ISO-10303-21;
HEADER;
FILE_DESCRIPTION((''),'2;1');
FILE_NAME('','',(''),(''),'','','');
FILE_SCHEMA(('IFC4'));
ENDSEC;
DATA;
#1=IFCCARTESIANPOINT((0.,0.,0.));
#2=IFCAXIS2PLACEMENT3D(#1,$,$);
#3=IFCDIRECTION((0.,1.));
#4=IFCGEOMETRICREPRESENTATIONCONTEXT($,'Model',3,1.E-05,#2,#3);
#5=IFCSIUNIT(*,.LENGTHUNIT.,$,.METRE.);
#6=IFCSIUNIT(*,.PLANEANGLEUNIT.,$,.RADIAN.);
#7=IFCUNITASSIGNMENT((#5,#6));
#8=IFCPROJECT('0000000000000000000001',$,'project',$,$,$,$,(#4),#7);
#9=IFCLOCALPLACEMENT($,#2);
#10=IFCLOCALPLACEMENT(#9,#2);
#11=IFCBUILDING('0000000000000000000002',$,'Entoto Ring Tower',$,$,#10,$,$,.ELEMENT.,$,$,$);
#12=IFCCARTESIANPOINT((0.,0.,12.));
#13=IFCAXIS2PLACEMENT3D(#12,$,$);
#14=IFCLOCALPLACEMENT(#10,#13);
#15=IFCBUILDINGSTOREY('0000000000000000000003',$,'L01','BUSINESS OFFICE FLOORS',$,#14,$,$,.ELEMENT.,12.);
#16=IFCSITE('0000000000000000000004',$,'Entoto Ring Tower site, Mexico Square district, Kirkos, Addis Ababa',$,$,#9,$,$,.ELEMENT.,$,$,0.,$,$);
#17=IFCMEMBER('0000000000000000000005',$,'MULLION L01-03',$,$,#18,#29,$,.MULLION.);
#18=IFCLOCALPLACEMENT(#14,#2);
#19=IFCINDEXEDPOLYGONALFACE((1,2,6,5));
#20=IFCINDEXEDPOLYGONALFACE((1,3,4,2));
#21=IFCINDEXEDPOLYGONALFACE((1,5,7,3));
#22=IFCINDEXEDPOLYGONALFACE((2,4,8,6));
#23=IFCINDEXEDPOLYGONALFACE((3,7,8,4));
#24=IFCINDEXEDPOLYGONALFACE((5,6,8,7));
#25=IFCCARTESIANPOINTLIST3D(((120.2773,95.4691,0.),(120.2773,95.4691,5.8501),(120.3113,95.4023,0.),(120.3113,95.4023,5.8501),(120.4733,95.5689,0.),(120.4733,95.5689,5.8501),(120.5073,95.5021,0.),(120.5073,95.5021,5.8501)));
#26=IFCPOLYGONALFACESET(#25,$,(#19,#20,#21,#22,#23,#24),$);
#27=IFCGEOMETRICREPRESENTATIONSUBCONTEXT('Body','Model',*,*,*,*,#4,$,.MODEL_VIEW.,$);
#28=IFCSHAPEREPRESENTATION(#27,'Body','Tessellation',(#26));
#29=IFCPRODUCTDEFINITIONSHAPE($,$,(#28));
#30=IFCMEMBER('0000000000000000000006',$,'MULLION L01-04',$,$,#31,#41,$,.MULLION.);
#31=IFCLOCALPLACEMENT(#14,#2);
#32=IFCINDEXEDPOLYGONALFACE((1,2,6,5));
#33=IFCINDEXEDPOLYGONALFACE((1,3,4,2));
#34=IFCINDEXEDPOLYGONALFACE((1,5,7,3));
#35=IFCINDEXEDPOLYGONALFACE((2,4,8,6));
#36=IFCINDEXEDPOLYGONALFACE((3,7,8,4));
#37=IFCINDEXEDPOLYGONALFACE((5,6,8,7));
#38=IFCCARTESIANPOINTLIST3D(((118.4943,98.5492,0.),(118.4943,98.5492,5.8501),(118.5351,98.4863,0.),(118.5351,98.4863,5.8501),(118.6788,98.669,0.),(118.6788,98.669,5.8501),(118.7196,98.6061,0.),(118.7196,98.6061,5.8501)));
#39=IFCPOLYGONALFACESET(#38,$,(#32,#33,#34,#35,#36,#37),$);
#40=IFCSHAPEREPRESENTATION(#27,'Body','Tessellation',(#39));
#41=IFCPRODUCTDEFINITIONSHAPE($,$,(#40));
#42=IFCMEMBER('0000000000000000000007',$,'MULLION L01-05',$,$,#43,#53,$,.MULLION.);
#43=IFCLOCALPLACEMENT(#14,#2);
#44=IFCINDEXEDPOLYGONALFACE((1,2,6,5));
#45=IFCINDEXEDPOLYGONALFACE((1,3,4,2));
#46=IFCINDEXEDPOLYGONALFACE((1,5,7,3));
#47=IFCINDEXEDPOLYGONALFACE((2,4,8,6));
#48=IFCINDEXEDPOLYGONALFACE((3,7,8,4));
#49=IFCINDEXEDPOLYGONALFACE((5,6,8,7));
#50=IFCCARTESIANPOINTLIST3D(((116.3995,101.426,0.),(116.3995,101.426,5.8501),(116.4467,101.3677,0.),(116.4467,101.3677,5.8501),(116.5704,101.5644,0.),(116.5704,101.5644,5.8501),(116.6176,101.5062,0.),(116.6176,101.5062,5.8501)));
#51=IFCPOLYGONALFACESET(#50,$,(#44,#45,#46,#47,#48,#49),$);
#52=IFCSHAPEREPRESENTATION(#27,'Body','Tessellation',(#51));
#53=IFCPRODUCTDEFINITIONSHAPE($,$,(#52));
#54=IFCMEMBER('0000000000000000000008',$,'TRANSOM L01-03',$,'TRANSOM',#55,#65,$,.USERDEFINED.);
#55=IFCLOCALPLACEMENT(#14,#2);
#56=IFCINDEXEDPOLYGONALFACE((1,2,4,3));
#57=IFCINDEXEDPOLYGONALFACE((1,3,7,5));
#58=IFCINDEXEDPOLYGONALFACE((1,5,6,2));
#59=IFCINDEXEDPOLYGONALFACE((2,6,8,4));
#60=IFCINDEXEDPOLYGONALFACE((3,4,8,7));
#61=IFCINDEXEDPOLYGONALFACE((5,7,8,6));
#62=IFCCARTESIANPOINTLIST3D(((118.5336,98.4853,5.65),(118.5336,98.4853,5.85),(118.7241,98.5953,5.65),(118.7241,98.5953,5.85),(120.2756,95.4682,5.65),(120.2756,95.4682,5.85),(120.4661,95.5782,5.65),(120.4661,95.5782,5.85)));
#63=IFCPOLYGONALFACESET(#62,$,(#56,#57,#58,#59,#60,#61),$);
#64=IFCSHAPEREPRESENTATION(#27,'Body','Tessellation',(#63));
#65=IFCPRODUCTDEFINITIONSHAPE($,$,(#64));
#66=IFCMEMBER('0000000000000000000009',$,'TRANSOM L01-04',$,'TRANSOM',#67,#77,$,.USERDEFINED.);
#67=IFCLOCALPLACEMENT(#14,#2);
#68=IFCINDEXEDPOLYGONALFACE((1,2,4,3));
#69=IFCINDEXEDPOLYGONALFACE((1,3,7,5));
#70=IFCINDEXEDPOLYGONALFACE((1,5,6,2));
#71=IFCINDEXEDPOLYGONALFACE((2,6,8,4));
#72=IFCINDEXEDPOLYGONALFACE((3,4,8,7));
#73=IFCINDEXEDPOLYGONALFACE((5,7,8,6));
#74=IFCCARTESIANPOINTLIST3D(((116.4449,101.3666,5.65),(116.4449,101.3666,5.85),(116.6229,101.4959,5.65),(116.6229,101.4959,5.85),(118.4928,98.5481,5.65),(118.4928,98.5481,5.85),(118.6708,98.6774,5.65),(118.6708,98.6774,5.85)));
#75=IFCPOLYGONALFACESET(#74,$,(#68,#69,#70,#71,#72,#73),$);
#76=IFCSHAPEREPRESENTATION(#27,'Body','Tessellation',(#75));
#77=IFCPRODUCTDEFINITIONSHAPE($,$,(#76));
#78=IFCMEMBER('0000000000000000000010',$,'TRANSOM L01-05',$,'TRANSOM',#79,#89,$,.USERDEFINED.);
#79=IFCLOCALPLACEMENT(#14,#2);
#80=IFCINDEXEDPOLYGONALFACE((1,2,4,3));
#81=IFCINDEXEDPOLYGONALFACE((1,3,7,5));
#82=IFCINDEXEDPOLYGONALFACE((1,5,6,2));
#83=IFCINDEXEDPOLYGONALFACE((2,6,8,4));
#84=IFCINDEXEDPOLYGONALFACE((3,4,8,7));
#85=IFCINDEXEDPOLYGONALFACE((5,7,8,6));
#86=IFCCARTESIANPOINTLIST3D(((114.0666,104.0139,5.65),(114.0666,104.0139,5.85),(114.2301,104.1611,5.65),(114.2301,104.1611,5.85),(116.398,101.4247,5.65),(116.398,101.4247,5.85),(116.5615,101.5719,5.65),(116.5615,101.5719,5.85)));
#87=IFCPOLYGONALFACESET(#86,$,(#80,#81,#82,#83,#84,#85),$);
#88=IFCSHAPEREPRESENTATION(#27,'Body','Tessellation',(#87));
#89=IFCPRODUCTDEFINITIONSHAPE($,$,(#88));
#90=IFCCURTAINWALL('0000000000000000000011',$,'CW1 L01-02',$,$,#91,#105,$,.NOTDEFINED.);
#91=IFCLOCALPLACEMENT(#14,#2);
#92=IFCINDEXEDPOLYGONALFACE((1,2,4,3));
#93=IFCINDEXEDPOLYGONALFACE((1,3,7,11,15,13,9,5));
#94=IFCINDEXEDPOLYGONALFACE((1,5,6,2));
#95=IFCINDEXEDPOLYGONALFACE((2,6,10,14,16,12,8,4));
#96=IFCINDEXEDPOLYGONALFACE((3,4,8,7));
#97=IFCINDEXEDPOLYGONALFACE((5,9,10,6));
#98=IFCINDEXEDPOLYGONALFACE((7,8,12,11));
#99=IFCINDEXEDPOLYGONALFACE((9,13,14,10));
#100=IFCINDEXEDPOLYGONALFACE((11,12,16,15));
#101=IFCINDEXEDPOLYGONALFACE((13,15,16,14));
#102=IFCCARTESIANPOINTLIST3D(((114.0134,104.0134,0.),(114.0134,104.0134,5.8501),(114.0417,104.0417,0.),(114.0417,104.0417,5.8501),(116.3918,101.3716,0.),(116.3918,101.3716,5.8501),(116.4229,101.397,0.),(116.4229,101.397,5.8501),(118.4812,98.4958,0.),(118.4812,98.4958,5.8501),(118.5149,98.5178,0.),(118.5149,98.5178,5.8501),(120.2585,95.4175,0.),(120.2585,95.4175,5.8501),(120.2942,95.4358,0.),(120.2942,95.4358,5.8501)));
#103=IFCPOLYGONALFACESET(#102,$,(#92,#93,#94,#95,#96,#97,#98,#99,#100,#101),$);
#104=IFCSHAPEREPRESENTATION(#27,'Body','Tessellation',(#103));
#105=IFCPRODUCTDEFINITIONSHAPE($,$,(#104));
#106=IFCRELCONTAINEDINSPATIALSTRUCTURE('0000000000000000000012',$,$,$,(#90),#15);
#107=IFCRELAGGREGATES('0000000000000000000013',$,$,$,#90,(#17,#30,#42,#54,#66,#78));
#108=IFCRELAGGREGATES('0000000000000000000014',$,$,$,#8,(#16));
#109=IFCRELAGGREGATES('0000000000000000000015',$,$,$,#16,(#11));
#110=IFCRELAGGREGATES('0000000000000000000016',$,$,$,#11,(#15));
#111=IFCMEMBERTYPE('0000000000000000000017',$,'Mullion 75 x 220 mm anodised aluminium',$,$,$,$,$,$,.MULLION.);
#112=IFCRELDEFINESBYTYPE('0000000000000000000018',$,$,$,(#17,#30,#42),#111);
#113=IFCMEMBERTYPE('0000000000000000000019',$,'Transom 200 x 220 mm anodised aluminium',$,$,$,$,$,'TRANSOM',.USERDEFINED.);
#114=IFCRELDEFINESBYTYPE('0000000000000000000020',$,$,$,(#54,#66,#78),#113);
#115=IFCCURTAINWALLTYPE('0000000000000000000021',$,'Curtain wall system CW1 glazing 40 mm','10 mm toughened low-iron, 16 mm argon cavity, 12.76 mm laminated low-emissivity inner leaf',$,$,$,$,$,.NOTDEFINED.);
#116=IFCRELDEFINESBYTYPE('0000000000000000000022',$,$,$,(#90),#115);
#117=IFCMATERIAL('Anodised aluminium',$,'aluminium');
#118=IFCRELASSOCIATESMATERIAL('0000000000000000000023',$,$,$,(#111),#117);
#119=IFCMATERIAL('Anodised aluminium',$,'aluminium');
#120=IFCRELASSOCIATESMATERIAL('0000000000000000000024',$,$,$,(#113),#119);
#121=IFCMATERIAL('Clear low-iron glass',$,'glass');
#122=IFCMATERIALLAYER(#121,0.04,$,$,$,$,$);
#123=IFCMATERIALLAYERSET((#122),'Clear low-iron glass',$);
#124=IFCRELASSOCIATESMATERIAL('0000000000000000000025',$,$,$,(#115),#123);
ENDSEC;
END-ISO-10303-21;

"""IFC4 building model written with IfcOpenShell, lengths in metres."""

from ifc_helpers import new_model, si_unit, direction, frame, origin, origin_2d, place, context, subcontext, project, spatial, polyline, rectangle, outline, extrude, material, layer, layer_set, material_profile, profile_set, type_object, element, aggregate, save


model = new_model("IFC4")

# Units and contexts
model_context = context("Model", 3, precision=1e-05, world=origin(), true_north=direction((0.0, 1.0)))
body_context = subcontext(model_context, "Body", "Model", "MODEL_VIEW")
ifc_project = project(units=[si_unit("LENGTHUNIT", "METRE"), si_unit("PLANEANGLEUNIT", "RADIAN")], contexts=[model_context])

# Members
ifc_material_1 = material(Name="Anodised aluminium", Category="aluminium")
ifc_material_profile_1 = material_profile(ifc_material_1, rectangle(XDim=0.075, YDim=0.22, at=origin_2d()), Name="Mullion 75 x 220 mm anodised aluminium")
ifc_profile_set_1 = profile_set([ifc_material_profile_1], Name="Anodised aluminium")
member_type_1 = type_object("IfcMemberType", Name="Mullion 75 x 220 mm anodised aluminium", PredefinedType="MULLION", material=ifc_profile_set_1)
site_placement = place(None, origin())
building_placement = place(site_placement, origin())
storey_placement = place(building_placement, frame((0.0, 0.0, 12.0)))
member_1_placement = place(storey_placement, frame((120.3923, 95.4856, 0.0), z_axis=(0.0, 0.0, 1.0), x_axis=(-0.45399, 0.891007, 0.0)))
member_1 = element("IfcMember", 1, at=member_1_placement, type_object=member_type_1, Name="MULLION L01-03", PredefinedType="MULLION", context=body_context, shape_type="SweptSolid", body=[
    extrude(rectangle(XDim=0.075, YDim=0.22, at=origin_2d()), origin(), (0.0, 0.0, 1.0), 5.8501),
])
member_2_placement = place(storey_placement, frame((118.6069, 98.5776, 0.0), z_axis=(0.0, 0.0, 1.0), x_axis=(-0.544639, 0.838671, 0.0)))
member_2 = element("IfcMember", 2, at=member_2_placement, type_object=member_type_1, Name="MULLION L01-04", PredefinedType="MULLION", context=body_context, shape_type="SweptSolid", body=[
    extrude(rectangle(XDim=0.075, YDim=0.22, at=origin_2d()), origin(), (0.0, 0.0, 1.0), 5.8501),
])
member_3_placement = place(storey_placement, frame((116.5085, 101.4661, 0.0), z_axis=(0.0, 0.0, 1.0), x_axis=(-0.62932, 0.777146, 0.0)))
member_3 = element("IfcMember", 3, at=member_3_placement, type_object=member_type_1, Name="MULLION L01-05", PredefinedType="MULLION", context=body_context, shape_type="SweptSolid", body=[
    extrude(rectangle(XDim=0.075, YDim=0.22, at=origin_2d()), origin(), (0.0, 0.0, 1.0), 5.8501),
])
ifc_material_2 = material(Name="Anodised aluminium", Category="aluminium")
ifc_material_profile_2 = material_profile(ifc_material_2, rectangle(XDim=0.22, YDim=0.2, at=origin_2d()), Name="Transom 200 x 220 mm anodised aluminium")
ifc_profile_set_2 = profile_set([ifc_material_profile_2], Name="Anodised aluminium")
member_type_2 = type_object("IfcMemberType", Name="Transom 200 x 220 mm anodised aluminium", ElementType="TRANSOM", PredefinedType="USERDEFINED", material=ifc_profile_set_2)
member_4_placement = place(storey_placement, frame((120.3708, 95.5232, 5.75), z_axis=(-0.500006, 0.866022, 0.0), x_axis=(-0.866022, -0.500006, 0.0)))
member_4 = element("IfcMember", 4, at=member_4_placement, type_object=member_type_2, Name="TRANSOM L01-03", ObjectType="TRANSOM", PredefinedType="USERDEFINED", context=body_context, shape_type="SweptSolid", body=[
    extrude(rectangle(XDim=0.22, YDim=0.2, at=origin_2d()), origin(), (0.0, 0.0, 1.0), 3.4839),
])
member_5_placement = place(storey_placement, frame((118.5818, 98.6128, 5.75), z_axis=(-0.587822, 0.808991, 0.0), x_axis=(-0.808991, -0.587822, 0.0)))
member_5 = element("IfcMember", 5, at=member_5_placement, type_object=member_type_2, Name="TRANSOM L01-04", ObjectType="TRANSOM", PredefinedType="USERDEFINED", context=body_context, shape_type="SweptSolid", body=[
    extrude(rectangle(XDim=0.22, YDim=0.2, at=origin_2d()), origin(), (0.0, 0.0, 1.0), 3.4839),
])
member_6_placement = place(storey_placement, frame((116.4797, 101.4983, 5.75), z_axis=(-0.669139, 0.743137, 0.0), x_axis=(-0.743137, -0.669139, 0.0)))
member_6 = element("IfcMember", 6, at=member_6_placement, type_object=member_type_2, Name="TRANSOM L01-05", ObjectType="TRANSOM", PredefinedType="USERDEFINED", context=body_context, shape_type="SweptSolid", body=[
    extrude(rectangle(XDim=0.22, YDim=0.2, at=origin_2d()), origin(), (0.0, 0.0, 1.0), 3.4841),
])

# Site, building, storey
site = spatial("IfcSite", under=ifc_project, at=site_placement, Name="Entoto Ring Tower site, Mexico Square district, Kirkos, Addis Ababa", CompositionType="ELEMENT", RefElevation=0.0)
building = spatial("IfcBuilding", under=site, at=building_placement, Name="Entoto Ring Tower", CompositionType="ELEMENT")
storey = spatial("IfcBuildingStorey", under=building, at=storey_placement, Name="L01", Description="BUSINESS OFFICE FLOORS", CompositionType="ELEMENT", Elevation=12.0)

# Curtain wall
ifc_material_3 = material(Name="Clear low-iron glass", Category="glass")
ifc_layer_1 = layer(ifc_material_3, 0.04)
ifc_layer_set_1 = layer_set([ifc_layer_1], Name="Clear low-iron glass")
curtain_wall_type = type_object("IfcCurtainWallType", Name="Curtain wall system CW1 glazing 40 mm", Description="10 mm toughened low-iron, 16 mm argon cavity, 12.76 mm laminated low-emissivity inner leaf", PredefinedType="NOTDEFINED", material=ifc_layer_set_1)
curtain_wall_1_placement = place(storey_placement, origin())
curtain_wall_1 = element("IfcCurtainWall", 7, at=curtain_wall_1_placement, inside=storey, type_object=curtain_wall_type, Name="CW1 L01-02", PredefinedType="NOTDEFINED", context=body_context, shape_type="SweptSolid", body=[
    extrude(outline(polyline([(120.2942, 95.4358), (118.5149, 98.5178), (116.4229, 101.397), (114.0417, 104.0417), (114.0134, 104.0134), (116.3918, 101.3716), (118.4812, 98.4958), (120.2585, 95.4175), (120.2942, 95.4358)])), origin(), (0.0, 0.0, 1.0), 5.8501),
])
aggregate(curtain_wall_1, [member_1, member_2, member_3, member_4, member_5, member_6])

save(model, "model.ifc")
